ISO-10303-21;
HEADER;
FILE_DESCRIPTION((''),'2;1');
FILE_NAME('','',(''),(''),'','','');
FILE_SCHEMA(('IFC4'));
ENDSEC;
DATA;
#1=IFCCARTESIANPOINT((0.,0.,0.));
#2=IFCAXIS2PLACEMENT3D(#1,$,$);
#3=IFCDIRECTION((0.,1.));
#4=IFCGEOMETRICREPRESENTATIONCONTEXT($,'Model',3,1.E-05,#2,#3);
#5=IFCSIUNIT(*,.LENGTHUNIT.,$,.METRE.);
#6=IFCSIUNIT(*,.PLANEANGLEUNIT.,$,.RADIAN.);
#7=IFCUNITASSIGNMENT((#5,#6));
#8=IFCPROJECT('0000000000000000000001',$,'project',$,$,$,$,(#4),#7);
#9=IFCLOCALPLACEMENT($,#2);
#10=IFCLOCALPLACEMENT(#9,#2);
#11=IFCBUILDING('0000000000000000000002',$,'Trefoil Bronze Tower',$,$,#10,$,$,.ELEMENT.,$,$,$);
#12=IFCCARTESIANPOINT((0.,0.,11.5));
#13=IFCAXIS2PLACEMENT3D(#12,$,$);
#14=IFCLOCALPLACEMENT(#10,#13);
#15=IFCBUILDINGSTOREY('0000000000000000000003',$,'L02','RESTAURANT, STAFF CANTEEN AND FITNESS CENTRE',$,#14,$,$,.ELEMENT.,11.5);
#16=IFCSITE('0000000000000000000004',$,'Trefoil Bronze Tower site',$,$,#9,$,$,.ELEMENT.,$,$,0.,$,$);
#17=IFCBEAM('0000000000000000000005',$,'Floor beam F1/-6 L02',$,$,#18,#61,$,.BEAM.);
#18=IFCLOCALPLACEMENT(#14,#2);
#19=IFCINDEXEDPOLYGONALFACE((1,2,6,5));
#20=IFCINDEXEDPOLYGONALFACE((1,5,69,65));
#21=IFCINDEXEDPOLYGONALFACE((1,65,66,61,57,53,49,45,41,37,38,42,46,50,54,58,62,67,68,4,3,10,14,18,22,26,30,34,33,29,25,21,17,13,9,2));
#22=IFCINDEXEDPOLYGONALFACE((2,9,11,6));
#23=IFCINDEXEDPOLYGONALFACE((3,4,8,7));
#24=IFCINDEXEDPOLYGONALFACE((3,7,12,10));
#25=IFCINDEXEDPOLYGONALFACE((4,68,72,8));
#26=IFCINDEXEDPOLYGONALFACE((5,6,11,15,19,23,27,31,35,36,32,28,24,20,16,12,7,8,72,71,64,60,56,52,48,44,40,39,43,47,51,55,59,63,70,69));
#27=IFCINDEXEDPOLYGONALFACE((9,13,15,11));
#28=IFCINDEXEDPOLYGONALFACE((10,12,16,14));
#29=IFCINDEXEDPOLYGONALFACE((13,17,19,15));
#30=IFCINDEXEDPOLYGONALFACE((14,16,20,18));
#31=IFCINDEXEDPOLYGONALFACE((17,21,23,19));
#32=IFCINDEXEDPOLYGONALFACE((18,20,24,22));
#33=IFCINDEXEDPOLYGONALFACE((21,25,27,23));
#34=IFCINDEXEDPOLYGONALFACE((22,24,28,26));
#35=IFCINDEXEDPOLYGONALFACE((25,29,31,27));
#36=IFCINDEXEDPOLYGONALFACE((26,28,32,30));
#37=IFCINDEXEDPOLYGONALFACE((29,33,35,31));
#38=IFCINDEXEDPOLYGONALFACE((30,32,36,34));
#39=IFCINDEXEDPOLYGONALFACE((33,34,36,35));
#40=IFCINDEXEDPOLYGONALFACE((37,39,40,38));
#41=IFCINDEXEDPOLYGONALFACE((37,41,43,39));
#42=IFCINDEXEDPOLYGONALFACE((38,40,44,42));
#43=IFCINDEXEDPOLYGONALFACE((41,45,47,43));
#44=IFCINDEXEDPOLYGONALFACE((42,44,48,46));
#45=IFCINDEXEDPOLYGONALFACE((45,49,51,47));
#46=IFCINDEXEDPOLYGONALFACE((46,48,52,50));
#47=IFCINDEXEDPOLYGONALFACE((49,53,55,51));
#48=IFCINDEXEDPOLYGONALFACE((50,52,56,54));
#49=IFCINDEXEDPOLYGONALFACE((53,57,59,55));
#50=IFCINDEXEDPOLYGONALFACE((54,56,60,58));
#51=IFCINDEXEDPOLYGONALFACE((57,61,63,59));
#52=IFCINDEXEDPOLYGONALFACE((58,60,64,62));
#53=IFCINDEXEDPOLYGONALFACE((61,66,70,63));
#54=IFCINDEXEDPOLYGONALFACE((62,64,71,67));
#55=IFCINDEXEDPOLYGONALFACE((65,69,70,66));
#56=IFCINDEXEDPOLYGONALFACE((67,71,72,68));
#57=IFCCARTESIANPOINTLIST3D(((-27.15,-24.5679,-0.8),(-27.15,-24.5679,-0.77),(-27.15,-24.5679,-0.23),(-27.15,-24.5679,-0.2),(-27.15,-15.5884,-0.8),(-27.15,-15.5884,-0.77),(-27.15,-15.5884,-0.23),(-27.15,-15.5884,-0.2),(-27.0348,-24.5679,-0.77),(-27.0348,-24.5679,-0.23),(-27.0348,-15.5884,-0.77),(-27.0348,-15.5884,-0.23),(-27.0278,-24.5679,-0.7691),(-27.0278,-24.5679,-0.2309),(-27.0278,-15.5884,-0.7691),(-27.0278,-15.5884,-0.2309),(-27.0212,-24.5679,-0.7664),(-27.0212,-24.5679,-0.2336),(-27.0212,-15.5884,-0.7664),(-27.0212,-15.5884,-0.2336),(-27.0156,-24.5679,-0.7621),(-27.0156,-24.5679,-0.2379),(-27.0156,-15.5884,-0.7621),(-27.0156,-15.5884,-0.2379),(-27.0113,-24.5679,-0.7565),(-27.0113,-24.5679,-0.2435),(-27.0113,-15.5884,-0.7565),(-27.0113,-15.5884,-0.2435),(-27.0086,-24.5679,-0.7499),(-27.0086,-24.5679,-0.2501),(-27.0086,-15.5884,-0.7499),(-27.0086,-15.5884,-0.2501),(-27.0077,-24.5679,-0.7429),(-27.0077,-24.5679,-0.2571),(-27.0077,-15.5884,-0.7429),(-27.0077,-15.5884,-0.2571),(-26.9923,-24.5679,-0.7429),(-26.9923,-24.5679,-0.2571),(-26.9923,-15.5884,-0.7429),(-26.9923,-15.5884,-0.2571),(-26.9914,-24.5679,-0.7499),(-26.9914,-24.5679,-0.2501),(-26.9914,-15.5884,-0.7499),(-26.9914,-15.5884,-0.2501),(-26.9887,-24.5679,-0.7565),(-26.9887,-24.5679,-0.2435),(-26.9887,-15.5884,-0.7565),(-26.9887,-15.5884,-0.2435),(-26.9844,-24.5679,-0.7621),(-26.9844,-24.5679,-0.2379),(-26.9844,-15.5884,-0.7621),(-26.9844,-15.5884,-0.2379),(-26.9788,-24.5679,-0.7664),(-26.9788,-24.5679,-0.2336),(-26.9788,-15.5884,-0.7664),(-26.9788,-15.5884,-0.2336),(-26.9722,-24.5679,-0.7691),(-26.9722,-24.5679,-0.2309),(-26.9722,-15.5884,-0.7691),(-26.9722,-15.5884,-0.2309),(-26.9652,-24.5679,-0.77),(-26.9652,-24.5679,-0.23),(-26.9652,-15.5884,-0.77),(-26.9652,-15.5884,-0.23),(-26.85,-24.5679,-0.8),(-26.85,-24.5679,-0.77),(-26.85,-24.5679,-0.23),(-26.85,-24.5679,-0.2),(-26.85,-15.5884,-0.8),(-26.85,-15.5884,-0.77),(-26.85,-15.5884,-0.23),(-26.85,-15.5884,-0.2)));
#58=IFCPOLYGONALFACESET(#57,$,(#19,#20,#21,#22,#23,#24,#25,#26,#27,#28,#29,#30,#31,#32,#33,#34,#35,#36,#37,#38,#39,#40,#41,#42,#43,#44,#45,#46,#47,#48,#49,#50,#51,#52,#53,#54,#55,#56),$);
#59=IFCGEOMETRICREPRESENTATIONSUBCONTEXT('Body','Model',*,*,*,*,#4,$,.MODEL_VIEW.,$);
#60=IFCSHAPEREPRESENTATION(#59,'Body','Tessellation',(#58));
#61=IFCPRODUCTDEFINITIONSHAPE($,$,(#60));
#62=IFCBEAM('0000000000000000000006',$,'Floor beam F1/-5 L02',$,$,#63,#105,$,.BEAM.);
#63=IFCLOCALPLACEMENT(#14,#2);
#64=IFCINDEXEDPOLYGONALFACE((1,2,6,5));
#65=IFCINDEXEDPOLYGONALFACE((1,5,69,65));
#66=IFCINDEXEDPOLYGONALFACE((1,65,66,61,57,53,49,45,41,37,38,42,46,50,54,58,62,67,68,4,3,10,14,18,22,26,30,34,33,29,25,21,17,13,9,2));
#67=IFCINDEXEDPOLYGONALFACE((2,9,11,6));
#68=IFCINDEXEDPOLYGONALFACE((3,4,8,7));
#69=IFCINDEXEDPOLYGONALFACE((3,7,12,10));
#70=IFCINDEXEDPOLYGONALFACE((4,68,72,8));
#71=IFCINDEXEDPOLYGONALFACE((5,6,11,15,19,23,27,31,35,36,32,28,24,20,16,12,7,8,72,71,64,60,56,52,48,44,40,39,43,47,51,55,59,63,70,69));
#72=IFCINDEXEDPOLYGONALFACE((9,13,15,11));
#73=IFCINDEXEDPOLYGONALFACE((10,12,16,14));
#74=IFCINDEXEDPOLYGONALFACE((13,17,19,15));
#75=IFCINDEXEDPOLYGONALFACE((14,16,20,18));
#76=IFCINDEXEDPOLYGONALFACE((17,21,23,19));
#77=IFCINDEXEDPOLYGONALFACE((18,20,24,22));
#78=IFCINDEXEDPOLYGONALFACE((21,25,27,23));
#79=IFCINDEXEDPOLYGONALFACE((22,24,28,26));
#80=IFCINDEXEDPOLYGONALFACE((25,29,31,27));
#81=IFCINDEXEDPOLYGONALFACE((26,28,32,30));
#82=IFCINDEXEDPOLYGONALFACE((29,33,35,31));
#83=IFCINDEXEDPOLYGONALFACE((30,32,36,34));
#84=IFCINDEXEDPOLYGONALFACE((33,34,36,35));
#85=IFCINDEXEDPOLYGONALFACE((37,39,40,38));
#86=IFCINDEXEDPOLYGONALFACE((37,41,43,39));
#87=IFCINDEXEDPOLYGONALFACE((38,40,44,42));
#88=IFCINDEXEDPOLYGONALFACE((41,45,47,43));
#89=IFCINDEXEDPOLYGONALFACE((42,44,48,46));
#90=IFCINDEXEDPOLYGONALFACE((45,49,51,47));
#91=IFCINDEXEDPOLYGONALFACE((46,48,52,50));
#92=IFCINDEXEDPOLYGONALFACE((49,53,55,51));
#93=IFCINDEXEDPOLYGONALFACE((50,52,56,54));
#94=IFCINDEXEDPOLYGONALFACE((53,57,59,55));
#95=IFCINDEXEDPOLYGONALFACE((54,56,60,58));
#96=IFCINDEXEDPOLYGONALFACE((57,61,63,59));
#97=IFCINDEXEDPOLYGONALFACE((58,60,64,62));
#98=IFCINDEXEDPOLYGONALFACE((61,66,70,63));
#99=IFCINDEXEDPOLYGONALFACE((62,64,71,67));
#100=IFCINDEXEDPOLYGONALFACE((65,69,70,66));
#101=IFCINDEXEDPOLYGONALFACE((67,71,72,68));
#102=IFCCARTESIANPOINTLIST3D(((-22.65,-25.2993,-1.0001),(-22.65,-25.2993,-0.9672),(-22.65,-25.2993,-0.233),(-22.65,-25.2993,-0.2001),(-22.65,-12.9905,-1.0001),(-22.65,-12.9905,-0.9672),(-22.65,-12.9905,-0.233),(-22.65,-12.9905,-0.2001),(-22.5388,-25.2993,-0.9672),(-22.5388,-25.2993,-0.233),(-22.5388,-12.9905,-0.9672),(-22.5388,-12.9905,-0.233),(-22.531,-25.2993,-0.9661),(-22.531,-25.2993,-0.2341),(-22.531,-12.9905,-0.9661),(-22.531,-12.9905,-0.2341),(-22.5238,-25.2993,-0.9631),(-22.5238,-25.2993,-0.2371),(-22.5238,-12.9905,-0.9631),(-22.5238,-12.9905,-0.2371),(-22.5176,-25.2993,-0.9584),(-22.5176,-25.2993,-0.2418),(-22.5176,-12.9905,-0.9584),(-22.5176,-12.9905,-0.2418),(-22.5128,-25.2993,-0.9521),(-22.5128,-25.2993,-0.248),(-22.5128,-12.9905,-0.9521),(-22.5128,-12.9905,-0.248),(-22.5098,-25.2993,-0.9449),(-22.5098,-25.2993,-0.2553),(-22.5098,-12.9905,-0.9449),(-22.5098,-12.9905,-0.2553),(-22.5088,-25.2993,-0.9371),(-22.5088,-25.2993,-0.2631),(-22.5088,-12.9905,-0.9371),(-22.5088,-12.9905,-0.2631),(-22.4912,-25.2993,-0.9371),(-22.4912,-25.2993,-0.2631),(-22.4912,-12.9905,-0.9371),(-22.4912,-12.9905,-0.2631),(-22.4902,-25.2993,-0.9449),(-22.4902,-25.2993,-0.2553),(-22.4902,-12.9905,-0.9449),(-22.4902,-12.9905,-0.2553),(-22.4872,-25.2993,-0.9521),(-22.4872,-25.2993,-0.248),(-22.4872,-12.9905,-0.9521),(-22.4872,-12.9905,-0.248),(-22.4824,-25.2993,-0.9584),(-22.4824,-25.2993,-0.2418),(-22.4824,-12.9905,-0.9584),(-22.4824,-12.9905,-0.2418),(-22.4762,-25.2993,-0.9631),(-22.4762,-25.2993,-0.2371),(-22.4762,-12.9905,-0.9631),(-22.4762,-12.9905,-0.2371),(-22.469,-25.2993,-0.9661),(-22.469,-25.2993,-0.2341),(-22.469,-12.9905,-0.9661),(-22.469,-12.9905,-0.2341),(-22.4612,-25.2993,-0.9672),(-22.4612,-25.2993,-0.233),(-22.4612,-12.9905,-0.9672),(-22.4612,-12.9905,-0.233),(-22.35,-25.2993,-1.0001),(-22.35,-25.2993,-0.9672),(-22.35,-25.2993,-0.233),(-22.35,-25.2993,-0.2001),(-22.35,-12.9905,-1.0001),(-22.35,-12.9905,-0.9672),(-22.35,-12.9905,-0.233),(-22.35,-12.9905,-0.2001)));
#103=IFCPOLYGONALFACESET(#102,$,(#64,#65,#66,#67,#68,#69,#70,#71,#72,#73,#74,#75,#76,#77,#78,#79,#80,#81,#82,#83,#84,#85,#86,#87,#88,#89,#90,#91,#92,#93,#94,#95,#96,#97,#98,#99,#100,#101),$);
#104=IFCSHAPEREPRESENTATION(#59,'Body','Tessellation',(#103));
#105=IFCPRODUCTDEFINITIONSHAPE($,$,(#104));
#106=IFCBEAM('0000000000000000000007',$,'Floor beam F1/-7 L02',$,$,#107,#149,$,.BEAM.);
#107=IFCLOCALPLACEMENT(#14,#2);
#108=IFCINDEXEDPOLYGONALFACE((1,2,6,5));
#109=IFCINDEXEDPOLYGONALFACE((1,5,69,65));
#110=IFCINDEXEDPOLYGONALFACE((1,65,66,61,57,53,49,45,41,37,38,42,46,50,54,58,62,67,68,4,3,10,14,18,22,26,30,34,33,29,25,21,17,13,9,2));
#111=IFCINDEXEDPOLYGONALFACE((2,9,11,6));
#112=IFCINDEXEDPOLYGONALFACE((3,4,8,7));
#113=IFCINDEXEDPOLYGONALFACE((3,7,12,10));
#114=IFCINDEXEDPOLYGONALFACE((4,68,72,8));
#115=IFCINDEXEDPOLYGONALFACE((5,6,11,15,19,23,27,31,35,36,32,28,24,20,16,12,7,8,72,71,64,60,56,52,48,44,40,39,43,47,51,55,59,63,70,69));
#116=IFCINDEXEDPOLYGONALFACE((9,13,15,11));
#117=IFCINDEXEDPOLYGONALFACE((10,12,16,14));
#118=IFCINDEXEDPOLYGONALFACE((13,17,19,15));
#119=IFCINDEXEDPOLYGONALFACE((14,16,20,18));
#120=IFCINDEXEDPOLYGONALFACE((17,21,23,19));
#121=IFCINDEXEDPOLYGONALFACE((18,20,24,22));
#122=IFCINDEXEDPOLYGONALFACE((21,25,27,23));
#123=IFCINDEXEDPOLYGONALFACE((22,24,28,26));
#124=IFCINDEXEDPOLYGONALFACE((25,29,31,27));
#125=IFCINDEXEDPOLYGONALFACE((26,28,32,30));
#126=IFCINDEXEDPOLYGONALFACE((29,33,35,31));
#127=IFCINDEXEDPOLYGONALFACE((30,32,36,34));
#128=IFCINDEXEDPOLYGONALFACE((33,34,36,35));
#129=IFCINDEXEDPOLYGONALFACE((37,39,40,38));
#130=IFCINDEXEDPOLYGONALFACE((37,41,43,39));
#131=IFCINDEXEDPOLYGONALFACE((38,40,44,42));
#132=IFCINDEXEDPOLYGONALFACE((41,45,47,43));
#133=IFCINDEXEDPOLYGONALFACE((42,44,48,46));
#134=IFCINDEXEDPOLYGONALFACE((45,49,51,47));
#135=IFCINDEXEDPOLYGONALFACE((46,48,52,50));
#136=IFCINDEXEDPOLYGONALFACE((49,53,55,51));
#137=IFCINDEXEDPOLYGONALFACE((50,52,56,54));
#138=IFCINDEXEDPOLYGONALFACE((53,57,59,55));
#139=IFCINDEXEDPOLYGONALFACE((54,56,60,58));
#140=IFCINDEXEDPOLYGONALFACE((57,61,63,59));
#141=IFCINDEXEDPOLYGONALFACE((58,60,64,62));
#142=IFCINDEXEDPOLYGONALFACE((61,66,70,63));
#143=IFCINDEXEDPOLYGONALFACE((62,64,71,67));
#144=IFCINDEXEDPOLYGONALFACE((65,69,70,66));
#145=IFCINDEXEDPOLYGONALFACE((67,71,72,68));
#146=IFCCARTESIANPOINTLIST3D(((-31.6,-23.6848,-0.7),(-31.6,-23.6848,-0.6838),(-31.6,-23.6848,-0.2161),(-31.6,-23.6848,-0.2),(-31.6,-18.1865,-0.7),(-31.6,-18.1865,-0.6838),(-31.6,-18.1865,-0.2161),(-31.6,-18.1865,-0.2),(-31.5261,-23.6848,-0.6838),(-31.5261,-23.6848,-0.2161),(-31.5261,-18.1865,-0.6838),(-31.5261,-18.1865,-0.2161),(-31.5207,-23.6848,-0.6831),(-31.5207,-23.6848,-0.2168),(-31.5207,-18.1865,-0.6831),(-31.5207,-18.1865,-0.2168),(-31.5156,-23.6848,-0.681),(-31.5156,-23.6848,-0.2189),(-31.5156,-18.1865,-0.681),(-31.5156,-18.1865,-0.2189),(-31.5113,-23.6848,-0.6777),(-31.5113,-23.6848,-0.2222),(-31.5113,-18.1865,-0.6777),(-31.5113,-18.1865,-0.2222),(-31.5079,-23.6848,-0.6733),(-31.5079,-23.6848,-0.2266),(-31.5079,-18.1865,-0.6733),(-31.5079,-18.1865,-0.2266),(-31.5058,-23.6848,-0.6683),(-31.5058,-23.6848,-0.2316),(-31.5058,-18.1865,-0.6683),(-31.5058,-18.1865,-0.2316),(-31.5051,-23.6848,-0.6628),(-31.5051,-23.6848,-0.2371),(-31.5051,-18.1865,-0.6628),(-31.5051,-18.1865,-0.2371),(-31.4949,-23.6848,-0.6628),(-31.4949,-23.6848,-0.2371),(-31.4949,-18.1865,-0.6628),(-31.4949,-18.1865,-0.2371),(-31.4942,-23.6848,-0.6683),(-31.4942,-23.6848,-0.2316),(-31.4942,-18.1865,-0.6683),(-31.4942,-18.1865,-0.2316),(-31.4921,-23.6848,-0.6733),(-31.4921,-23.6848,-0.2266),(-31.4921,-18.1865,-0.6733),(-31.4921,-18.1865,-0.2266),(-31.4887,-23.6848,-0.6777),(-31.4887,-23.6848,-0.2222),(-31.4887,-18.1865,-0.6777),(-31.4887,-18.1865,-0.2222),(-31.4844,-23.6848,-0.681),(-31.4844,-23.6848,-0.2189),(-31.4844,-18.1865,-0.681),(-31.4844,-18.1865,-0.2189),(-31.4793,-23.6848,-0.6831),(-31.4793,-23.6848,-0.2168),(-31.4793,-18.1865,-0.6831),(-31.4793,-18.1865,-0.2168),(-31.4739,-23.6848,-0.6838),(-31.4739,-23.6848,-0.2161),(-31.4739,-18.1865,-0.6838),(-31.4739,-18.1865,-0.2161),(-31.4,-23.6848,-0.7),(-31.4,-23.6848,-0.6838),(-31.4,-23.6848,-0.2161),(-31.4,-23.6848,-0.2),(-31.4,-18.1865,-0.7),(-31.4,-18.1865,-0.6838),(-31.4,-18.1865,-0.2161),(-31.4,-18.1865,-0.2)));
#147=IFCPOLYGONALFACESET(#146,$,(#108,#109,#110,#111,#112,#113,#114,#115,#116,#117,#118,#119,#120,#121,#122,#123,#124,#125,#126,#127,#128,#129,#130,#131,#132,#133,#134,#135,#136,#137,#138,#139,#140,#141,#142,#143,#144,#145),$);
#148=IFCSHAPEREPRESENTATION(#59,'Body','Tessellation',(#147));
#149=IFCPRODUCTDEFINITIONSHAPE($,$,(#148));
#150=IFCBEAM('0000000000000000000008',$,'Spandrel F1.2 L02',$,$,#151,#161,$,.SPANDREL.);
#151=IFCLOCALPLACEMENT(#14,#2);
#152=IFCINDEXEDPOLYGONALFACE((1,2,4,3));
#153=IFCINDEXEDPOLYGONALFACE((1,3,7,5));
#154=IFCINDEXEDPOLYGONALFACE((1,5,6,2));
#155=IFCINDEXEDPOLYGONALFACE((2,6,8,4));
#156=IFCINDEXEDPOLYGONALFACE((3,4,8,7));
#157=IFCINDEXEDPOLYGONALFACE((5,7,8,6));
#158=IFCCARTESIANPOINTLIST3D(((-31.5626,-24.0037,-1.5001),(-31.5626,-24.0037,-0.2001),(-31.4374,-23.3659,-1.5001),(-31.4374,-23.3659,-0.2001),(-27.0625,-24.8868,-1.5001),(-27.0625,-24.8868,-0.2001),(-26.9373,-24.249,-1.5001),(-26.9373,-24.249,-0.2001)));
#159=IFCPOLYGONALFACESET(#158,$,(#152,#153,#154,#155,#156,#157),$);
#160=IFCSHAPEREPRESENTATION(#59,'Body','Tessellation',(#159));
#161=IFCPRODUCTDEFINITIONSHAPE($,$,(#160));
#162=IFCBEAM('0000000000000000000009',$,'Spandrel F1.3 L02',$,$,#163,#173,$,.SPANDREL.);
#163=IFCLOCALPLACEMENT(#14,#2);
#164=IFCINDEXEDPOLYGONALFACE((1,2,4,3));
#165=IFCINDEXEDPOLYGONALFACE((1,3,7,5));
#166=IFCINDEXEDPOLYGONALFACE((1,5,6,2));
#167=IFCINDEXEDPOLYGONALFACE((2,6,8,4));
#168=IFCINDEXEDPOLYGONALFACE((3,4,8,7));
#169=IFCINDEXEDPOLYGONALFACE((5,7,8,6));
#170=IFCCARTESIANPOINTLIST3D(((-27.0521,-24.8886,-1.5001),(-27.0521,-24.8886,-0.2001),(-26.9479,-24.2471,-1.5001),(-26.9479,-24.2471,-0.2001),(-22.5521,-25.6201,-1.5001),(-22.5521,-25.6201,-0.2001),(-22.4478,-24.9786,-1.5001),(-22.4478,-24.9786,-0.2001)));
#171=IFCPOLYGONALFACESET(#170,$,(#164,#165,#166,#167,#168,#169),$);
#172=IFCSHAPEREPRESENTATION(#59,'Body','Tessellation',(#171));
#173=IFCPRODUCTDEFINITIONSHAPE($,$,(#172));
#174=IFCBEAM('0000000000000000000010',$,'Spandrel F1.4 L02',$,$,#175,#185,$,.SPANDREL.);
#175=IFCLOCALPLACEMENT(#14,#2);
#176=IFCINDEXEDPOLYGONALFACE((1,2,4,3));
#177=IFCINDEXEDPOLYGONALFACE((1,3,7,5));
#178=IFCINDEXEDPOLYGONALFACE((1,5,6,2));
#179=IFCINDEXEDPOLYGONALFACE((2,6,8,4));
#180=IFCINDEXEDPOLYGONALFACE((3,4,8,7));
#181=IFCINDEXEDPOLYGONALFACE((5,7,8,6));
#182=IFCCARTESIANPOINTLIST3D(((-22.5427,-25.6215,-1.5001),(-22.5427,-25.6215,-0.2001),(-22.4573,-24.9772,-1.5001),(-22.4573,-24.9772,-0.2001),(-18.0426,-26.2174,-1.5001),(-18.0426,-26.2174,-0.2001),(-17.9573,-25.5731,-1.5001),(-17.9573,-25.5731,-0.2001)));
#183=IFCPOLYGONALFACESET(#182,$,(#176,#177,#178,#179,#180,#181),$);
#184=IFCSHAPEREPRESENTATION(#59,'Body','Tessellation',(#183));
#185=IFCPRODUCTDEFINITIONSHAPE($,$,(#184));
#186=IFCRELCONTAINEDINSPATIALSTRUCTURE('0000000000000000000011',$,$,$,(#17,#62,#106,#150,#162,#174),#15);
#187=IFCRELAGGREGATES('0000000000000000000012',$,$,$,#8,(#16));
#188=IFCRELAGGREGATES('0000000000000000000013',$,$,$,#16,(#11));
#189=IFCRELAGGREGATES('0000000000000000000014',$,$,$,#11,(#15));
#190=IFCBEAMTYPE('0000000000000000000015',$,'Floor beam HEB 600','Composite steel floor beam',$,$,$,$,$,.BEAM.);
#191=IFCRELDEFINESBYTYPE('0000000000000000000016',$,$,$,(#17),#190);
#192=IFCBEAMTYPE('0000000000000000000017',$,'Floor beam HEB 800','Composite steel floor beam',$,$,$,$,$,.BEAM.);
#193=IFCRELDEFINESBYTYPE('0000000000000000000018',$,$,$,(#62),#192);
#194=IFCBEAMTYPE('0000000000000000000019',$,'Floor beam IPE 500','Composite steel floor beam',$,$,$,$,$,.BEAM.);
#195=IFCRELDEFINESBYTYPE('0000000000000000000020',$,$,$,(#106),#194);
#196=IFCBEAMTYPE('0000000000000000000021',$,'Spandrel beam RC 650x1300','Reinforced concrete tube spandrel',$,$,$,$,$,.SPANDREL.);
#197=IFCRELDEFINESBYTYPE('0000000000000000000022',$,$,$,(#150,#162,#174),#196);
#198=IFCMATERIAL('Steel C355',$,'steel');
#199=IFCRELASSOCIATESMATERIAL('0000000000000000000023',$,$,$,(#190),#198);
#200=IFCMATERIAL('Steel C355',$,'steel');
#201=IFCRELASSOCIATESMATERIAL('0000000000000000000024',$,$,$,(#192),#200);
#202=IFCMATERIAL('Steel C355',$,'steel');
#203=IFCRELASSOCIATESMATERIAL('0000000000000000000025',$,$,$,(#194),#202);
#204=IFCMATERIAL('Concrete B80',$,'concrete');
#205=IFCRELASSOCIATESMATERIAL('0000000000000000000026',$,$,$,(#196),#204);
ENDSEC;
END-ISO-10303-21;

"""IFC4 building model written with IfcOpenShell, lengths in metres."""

from ifc_helpers import new_model, si_unit, direction, frame, origin, origin_2d, place, context, subcontext, project, spatial, rectangle, i_section, extrude, material, material_profile, profile_set, type_object, element, save


model = new_model("IFC4")

# Units and contexts
model_context = context("Model", 3, precision=1e-05, world=origin(), true_north=direction((0.0, 1.0)))
body_context = subcontext(model_context, "Body", "Model", "MODEL_VIEW")
ifc_project = project(units=[si_unit("LENGTHUNIT", "METRE"), si_unit("PLANEANGLEUNIT", "RADIAN")], contexts=[model_context])

# Site, building, storey
site_placement = place(None, origin())
site = spatial("IfcSite", under=ifc_project, at=site_placement, Name="Trefoil Bronze Tower site", CompositionType="ELEMENT", RefElevation=0.0)
building_placement = place(site_placement, origin())
building = spatial("IfcBuilding", under=site, at=building_placement, Name="Trefoil Bronze Tower", CompositionType="ELEMENT")
storey_placement = place(building_placement, frame((0.0, 0.0, 11.5)))
storey = spatial("IfcBuildingStorey", under=building, at=storey_placement, Name="L02", Description="RESTAURANT, STAFF CANTEEN AND FITNESS CENTRE", CompositionType="ELEMENT", Elevation=11.5)

# Beams
ifc_material_1 = material(Name="Steel C355", Category="steel")
ifc_material_profile_1 = material_profile(ifc_material_1, i_section(OverallWidth=0.3, OverallDepth=0.6001, WebThickness=0.0154, FlangeThickness=0.03, FilletRadius=0.0271, at=origin_2d()), Name="HEB 600")
ifc_profile_set_1 = profile_set([ifc_material_profile_1], Name="Steel C355")
beam_type_1 = type_object("IfcBeamType", Name="Floor beam HEB 600", Description="Composite steel floor beam", PredefinedType="BEAM", material=ifc_profile_set_1)
beam_1_placement = place(storey_placement, frame((-27.0, -24.5679, -0.5), z_axis=(0.0, 1.0, 0.0), x_axis=(-1.0, 0.0, 0.0)))
element("IfcBeam", 1, at=beam_1_placement, inside=storey, type_object=beam_type_1, Name="Floor beam F1/-6 L02", PredefinedType="BEAM", context=body_context, shape_type="SweptSolid", body=[
    extrude(i_section(OverallWidth=0.3, OverallDepth=0.6001, WebThickness=0.0154, FlangeThickness=0.03, FilletRadius=0.0271, at=origin_2d()), origin(), (0.0, 0.0, 1.0), 8.9795),
])
ifc_material_2 = material(Name="Steel C355", Category="steel")
ifc_material_profile_2 = material_profile(ifc_material_2, i_section(OverallWidth=0.3, OverallDepth=0.8, WebThickness=0.0176, FlangeThickness=0.033, FilletRadius=0.03, at=origin_2d()), Name="HEB 800")
ifc_profile_set_2 = profile_set([ifc_material_profile_2], Name="Steel C355")
beam_type_2 = type_object("IfcBeamType", Name="Floor beam HEB 800", Description="Composite steel floor beam", PredefinedType="BEAM", material=ifc_profile_set_2)
beam_2_placement = place(storey_placement, frame((-22.5, -25.2993, -0.6001), z_axis=(0.0, 1.0, 0.0), x_axis=(-1.0, 0.0, 0.0)))
element("IfcBeam", 2, at=beam_2_placement, inside=storey, type_object=beam_type_2, Name="Floor beam F1/-5 L02", PredefinedType="BEAM", context=body_context, shape_type="SweptSolid", body=[
    extrude(i_section(OverallWidth=0.3, OverallDepth=0.8, WebThickness=0.0176, FlangeThickness=0.033, FilletRadius=0.03, at=origin_2d()), origin(), (0.0, 0.0, 1.0), 12.3088),
])
ifc_material_3 = material(Name="Steel C355", Category="steel")
ifc_material_profile_3 = material_profile(ifc_material_3, i_section(OverallWidth=0.2, OverallDepth=0.5, WebThickness=0.0103, FlangeThickness=0.0161, FilletRadius=0.021, at=origin_2d()), Name="IPE 500")
ifc_profile_set_3 = profile_set([ifc_material_profile_3], Name="Steel C355")
beam_type_3 = type_object("IfcBeamType", Name="Floor beam IPE 500", Description="Composite steel floor beam", PredefinedType="BEAM", material=ifc_profile_set_3)
beam_3_placement = place(storey_placement, frame((-31.5, -23.6848, -0.45), z_axis=(0.0, 1.0, 0.0), x_axis=(-1.0, 0.0, 0.0)))
element("IfcBeam", 3, at=beam_3_placement, inside=storey, type_object=beam_type_3, Name="Floor beam F1/-7 L02", PredefinedType="BEAM", context=body_context, shape_type="SweptSolid", body=[
    extrude(i_section(OverallWidth=0.2, OverallDepth=0.5, WebThickness=0.0103, FlangeThickness=0.0161, FilletRadius=0.021, at=origin_2d()), origin(), (0.0, 0.0, 1.0), 5.4983),
])
ifc_material_4 = material(Name="Concrete B80", Category="concrete")
ifc_material_profile_4 = material_profile(ifc_material_4, rectangle(XDim=0.6499, YDim=1.3, at=origin_2d()), Name="RC 650x1300")
ifc_profile_set_4 = profile_set([ifc_material_profile_4], Name="Concrete B80")
beam_type_4 = type_object("IfcBeamType", Name="Spandrel beam RC 650x1300", Description="Reinforced concrete tube spandrel", PredefinedType="SPANDREL", material=ifc_profile_set_4)
beam_4_placement = place(storey_placement, frame((-31.5, -23.6848, -0.8501), z_axis=(0.981285, -0.192562, 0.0), x_axis=(0.192562, 0.981285, 0.0)))
element("IfcBeam", 4, at=beam_4_placement, inside=storey, type_object=beam_type_4, Name="Spandrel F1.2 L02", PredefinedType="SPANDREL", context=body_context, shape_type="SweptSolid", body=[
    extrude(rectangle(XDim=0.6499, YDim=1.3, at=origin_2d()), origin(), (0.0, 0.0, 1.0), 4.5859),
])
beam_5_placement = place(storey_placement, frame((-27.0, -24.5679, -0.8501), z_axis=(0.987046, -0.160438, 0.0), x_axis=(0.160438, 0.987046, 0.0)))
element("IfcBeam", 5, at=beam_5_placement, inside=storey, type_object=beam_type_4, Name="Spandrel F1.3 L02", PredefinedType="SPANDREL", context=body_context, shape_type="SweptSolid", body=[
    extrude(rectangle(XDim=0.6499, YDim=1.3, at=origin_2d()), origin(), (0.0, 0.0, 1.0), 4.5591),
])
beam_6_placement = place(storey_placement, frame((-22.5, -25.2993, -0.8501), z_axis=(0.991344, -0.131286, 0.0), x_axis=(0.131286, 0.991344, 0.0)))
element("IfcBeam", 6, at=beam_6_placement, inside=storey, type_object=beam_type_4, Name="Spandrel F1.4 L02", PredefinedType="SPANDREL", context=body_context, shape_type="SweptSolid", body=[
    extrude(rectangle(XDim=0.6499, YDim=1.3, at=origin_2d()), origin(), (0.0, 0.0, 1.0), 4.5393),
])

save(model, "model.ifc")
